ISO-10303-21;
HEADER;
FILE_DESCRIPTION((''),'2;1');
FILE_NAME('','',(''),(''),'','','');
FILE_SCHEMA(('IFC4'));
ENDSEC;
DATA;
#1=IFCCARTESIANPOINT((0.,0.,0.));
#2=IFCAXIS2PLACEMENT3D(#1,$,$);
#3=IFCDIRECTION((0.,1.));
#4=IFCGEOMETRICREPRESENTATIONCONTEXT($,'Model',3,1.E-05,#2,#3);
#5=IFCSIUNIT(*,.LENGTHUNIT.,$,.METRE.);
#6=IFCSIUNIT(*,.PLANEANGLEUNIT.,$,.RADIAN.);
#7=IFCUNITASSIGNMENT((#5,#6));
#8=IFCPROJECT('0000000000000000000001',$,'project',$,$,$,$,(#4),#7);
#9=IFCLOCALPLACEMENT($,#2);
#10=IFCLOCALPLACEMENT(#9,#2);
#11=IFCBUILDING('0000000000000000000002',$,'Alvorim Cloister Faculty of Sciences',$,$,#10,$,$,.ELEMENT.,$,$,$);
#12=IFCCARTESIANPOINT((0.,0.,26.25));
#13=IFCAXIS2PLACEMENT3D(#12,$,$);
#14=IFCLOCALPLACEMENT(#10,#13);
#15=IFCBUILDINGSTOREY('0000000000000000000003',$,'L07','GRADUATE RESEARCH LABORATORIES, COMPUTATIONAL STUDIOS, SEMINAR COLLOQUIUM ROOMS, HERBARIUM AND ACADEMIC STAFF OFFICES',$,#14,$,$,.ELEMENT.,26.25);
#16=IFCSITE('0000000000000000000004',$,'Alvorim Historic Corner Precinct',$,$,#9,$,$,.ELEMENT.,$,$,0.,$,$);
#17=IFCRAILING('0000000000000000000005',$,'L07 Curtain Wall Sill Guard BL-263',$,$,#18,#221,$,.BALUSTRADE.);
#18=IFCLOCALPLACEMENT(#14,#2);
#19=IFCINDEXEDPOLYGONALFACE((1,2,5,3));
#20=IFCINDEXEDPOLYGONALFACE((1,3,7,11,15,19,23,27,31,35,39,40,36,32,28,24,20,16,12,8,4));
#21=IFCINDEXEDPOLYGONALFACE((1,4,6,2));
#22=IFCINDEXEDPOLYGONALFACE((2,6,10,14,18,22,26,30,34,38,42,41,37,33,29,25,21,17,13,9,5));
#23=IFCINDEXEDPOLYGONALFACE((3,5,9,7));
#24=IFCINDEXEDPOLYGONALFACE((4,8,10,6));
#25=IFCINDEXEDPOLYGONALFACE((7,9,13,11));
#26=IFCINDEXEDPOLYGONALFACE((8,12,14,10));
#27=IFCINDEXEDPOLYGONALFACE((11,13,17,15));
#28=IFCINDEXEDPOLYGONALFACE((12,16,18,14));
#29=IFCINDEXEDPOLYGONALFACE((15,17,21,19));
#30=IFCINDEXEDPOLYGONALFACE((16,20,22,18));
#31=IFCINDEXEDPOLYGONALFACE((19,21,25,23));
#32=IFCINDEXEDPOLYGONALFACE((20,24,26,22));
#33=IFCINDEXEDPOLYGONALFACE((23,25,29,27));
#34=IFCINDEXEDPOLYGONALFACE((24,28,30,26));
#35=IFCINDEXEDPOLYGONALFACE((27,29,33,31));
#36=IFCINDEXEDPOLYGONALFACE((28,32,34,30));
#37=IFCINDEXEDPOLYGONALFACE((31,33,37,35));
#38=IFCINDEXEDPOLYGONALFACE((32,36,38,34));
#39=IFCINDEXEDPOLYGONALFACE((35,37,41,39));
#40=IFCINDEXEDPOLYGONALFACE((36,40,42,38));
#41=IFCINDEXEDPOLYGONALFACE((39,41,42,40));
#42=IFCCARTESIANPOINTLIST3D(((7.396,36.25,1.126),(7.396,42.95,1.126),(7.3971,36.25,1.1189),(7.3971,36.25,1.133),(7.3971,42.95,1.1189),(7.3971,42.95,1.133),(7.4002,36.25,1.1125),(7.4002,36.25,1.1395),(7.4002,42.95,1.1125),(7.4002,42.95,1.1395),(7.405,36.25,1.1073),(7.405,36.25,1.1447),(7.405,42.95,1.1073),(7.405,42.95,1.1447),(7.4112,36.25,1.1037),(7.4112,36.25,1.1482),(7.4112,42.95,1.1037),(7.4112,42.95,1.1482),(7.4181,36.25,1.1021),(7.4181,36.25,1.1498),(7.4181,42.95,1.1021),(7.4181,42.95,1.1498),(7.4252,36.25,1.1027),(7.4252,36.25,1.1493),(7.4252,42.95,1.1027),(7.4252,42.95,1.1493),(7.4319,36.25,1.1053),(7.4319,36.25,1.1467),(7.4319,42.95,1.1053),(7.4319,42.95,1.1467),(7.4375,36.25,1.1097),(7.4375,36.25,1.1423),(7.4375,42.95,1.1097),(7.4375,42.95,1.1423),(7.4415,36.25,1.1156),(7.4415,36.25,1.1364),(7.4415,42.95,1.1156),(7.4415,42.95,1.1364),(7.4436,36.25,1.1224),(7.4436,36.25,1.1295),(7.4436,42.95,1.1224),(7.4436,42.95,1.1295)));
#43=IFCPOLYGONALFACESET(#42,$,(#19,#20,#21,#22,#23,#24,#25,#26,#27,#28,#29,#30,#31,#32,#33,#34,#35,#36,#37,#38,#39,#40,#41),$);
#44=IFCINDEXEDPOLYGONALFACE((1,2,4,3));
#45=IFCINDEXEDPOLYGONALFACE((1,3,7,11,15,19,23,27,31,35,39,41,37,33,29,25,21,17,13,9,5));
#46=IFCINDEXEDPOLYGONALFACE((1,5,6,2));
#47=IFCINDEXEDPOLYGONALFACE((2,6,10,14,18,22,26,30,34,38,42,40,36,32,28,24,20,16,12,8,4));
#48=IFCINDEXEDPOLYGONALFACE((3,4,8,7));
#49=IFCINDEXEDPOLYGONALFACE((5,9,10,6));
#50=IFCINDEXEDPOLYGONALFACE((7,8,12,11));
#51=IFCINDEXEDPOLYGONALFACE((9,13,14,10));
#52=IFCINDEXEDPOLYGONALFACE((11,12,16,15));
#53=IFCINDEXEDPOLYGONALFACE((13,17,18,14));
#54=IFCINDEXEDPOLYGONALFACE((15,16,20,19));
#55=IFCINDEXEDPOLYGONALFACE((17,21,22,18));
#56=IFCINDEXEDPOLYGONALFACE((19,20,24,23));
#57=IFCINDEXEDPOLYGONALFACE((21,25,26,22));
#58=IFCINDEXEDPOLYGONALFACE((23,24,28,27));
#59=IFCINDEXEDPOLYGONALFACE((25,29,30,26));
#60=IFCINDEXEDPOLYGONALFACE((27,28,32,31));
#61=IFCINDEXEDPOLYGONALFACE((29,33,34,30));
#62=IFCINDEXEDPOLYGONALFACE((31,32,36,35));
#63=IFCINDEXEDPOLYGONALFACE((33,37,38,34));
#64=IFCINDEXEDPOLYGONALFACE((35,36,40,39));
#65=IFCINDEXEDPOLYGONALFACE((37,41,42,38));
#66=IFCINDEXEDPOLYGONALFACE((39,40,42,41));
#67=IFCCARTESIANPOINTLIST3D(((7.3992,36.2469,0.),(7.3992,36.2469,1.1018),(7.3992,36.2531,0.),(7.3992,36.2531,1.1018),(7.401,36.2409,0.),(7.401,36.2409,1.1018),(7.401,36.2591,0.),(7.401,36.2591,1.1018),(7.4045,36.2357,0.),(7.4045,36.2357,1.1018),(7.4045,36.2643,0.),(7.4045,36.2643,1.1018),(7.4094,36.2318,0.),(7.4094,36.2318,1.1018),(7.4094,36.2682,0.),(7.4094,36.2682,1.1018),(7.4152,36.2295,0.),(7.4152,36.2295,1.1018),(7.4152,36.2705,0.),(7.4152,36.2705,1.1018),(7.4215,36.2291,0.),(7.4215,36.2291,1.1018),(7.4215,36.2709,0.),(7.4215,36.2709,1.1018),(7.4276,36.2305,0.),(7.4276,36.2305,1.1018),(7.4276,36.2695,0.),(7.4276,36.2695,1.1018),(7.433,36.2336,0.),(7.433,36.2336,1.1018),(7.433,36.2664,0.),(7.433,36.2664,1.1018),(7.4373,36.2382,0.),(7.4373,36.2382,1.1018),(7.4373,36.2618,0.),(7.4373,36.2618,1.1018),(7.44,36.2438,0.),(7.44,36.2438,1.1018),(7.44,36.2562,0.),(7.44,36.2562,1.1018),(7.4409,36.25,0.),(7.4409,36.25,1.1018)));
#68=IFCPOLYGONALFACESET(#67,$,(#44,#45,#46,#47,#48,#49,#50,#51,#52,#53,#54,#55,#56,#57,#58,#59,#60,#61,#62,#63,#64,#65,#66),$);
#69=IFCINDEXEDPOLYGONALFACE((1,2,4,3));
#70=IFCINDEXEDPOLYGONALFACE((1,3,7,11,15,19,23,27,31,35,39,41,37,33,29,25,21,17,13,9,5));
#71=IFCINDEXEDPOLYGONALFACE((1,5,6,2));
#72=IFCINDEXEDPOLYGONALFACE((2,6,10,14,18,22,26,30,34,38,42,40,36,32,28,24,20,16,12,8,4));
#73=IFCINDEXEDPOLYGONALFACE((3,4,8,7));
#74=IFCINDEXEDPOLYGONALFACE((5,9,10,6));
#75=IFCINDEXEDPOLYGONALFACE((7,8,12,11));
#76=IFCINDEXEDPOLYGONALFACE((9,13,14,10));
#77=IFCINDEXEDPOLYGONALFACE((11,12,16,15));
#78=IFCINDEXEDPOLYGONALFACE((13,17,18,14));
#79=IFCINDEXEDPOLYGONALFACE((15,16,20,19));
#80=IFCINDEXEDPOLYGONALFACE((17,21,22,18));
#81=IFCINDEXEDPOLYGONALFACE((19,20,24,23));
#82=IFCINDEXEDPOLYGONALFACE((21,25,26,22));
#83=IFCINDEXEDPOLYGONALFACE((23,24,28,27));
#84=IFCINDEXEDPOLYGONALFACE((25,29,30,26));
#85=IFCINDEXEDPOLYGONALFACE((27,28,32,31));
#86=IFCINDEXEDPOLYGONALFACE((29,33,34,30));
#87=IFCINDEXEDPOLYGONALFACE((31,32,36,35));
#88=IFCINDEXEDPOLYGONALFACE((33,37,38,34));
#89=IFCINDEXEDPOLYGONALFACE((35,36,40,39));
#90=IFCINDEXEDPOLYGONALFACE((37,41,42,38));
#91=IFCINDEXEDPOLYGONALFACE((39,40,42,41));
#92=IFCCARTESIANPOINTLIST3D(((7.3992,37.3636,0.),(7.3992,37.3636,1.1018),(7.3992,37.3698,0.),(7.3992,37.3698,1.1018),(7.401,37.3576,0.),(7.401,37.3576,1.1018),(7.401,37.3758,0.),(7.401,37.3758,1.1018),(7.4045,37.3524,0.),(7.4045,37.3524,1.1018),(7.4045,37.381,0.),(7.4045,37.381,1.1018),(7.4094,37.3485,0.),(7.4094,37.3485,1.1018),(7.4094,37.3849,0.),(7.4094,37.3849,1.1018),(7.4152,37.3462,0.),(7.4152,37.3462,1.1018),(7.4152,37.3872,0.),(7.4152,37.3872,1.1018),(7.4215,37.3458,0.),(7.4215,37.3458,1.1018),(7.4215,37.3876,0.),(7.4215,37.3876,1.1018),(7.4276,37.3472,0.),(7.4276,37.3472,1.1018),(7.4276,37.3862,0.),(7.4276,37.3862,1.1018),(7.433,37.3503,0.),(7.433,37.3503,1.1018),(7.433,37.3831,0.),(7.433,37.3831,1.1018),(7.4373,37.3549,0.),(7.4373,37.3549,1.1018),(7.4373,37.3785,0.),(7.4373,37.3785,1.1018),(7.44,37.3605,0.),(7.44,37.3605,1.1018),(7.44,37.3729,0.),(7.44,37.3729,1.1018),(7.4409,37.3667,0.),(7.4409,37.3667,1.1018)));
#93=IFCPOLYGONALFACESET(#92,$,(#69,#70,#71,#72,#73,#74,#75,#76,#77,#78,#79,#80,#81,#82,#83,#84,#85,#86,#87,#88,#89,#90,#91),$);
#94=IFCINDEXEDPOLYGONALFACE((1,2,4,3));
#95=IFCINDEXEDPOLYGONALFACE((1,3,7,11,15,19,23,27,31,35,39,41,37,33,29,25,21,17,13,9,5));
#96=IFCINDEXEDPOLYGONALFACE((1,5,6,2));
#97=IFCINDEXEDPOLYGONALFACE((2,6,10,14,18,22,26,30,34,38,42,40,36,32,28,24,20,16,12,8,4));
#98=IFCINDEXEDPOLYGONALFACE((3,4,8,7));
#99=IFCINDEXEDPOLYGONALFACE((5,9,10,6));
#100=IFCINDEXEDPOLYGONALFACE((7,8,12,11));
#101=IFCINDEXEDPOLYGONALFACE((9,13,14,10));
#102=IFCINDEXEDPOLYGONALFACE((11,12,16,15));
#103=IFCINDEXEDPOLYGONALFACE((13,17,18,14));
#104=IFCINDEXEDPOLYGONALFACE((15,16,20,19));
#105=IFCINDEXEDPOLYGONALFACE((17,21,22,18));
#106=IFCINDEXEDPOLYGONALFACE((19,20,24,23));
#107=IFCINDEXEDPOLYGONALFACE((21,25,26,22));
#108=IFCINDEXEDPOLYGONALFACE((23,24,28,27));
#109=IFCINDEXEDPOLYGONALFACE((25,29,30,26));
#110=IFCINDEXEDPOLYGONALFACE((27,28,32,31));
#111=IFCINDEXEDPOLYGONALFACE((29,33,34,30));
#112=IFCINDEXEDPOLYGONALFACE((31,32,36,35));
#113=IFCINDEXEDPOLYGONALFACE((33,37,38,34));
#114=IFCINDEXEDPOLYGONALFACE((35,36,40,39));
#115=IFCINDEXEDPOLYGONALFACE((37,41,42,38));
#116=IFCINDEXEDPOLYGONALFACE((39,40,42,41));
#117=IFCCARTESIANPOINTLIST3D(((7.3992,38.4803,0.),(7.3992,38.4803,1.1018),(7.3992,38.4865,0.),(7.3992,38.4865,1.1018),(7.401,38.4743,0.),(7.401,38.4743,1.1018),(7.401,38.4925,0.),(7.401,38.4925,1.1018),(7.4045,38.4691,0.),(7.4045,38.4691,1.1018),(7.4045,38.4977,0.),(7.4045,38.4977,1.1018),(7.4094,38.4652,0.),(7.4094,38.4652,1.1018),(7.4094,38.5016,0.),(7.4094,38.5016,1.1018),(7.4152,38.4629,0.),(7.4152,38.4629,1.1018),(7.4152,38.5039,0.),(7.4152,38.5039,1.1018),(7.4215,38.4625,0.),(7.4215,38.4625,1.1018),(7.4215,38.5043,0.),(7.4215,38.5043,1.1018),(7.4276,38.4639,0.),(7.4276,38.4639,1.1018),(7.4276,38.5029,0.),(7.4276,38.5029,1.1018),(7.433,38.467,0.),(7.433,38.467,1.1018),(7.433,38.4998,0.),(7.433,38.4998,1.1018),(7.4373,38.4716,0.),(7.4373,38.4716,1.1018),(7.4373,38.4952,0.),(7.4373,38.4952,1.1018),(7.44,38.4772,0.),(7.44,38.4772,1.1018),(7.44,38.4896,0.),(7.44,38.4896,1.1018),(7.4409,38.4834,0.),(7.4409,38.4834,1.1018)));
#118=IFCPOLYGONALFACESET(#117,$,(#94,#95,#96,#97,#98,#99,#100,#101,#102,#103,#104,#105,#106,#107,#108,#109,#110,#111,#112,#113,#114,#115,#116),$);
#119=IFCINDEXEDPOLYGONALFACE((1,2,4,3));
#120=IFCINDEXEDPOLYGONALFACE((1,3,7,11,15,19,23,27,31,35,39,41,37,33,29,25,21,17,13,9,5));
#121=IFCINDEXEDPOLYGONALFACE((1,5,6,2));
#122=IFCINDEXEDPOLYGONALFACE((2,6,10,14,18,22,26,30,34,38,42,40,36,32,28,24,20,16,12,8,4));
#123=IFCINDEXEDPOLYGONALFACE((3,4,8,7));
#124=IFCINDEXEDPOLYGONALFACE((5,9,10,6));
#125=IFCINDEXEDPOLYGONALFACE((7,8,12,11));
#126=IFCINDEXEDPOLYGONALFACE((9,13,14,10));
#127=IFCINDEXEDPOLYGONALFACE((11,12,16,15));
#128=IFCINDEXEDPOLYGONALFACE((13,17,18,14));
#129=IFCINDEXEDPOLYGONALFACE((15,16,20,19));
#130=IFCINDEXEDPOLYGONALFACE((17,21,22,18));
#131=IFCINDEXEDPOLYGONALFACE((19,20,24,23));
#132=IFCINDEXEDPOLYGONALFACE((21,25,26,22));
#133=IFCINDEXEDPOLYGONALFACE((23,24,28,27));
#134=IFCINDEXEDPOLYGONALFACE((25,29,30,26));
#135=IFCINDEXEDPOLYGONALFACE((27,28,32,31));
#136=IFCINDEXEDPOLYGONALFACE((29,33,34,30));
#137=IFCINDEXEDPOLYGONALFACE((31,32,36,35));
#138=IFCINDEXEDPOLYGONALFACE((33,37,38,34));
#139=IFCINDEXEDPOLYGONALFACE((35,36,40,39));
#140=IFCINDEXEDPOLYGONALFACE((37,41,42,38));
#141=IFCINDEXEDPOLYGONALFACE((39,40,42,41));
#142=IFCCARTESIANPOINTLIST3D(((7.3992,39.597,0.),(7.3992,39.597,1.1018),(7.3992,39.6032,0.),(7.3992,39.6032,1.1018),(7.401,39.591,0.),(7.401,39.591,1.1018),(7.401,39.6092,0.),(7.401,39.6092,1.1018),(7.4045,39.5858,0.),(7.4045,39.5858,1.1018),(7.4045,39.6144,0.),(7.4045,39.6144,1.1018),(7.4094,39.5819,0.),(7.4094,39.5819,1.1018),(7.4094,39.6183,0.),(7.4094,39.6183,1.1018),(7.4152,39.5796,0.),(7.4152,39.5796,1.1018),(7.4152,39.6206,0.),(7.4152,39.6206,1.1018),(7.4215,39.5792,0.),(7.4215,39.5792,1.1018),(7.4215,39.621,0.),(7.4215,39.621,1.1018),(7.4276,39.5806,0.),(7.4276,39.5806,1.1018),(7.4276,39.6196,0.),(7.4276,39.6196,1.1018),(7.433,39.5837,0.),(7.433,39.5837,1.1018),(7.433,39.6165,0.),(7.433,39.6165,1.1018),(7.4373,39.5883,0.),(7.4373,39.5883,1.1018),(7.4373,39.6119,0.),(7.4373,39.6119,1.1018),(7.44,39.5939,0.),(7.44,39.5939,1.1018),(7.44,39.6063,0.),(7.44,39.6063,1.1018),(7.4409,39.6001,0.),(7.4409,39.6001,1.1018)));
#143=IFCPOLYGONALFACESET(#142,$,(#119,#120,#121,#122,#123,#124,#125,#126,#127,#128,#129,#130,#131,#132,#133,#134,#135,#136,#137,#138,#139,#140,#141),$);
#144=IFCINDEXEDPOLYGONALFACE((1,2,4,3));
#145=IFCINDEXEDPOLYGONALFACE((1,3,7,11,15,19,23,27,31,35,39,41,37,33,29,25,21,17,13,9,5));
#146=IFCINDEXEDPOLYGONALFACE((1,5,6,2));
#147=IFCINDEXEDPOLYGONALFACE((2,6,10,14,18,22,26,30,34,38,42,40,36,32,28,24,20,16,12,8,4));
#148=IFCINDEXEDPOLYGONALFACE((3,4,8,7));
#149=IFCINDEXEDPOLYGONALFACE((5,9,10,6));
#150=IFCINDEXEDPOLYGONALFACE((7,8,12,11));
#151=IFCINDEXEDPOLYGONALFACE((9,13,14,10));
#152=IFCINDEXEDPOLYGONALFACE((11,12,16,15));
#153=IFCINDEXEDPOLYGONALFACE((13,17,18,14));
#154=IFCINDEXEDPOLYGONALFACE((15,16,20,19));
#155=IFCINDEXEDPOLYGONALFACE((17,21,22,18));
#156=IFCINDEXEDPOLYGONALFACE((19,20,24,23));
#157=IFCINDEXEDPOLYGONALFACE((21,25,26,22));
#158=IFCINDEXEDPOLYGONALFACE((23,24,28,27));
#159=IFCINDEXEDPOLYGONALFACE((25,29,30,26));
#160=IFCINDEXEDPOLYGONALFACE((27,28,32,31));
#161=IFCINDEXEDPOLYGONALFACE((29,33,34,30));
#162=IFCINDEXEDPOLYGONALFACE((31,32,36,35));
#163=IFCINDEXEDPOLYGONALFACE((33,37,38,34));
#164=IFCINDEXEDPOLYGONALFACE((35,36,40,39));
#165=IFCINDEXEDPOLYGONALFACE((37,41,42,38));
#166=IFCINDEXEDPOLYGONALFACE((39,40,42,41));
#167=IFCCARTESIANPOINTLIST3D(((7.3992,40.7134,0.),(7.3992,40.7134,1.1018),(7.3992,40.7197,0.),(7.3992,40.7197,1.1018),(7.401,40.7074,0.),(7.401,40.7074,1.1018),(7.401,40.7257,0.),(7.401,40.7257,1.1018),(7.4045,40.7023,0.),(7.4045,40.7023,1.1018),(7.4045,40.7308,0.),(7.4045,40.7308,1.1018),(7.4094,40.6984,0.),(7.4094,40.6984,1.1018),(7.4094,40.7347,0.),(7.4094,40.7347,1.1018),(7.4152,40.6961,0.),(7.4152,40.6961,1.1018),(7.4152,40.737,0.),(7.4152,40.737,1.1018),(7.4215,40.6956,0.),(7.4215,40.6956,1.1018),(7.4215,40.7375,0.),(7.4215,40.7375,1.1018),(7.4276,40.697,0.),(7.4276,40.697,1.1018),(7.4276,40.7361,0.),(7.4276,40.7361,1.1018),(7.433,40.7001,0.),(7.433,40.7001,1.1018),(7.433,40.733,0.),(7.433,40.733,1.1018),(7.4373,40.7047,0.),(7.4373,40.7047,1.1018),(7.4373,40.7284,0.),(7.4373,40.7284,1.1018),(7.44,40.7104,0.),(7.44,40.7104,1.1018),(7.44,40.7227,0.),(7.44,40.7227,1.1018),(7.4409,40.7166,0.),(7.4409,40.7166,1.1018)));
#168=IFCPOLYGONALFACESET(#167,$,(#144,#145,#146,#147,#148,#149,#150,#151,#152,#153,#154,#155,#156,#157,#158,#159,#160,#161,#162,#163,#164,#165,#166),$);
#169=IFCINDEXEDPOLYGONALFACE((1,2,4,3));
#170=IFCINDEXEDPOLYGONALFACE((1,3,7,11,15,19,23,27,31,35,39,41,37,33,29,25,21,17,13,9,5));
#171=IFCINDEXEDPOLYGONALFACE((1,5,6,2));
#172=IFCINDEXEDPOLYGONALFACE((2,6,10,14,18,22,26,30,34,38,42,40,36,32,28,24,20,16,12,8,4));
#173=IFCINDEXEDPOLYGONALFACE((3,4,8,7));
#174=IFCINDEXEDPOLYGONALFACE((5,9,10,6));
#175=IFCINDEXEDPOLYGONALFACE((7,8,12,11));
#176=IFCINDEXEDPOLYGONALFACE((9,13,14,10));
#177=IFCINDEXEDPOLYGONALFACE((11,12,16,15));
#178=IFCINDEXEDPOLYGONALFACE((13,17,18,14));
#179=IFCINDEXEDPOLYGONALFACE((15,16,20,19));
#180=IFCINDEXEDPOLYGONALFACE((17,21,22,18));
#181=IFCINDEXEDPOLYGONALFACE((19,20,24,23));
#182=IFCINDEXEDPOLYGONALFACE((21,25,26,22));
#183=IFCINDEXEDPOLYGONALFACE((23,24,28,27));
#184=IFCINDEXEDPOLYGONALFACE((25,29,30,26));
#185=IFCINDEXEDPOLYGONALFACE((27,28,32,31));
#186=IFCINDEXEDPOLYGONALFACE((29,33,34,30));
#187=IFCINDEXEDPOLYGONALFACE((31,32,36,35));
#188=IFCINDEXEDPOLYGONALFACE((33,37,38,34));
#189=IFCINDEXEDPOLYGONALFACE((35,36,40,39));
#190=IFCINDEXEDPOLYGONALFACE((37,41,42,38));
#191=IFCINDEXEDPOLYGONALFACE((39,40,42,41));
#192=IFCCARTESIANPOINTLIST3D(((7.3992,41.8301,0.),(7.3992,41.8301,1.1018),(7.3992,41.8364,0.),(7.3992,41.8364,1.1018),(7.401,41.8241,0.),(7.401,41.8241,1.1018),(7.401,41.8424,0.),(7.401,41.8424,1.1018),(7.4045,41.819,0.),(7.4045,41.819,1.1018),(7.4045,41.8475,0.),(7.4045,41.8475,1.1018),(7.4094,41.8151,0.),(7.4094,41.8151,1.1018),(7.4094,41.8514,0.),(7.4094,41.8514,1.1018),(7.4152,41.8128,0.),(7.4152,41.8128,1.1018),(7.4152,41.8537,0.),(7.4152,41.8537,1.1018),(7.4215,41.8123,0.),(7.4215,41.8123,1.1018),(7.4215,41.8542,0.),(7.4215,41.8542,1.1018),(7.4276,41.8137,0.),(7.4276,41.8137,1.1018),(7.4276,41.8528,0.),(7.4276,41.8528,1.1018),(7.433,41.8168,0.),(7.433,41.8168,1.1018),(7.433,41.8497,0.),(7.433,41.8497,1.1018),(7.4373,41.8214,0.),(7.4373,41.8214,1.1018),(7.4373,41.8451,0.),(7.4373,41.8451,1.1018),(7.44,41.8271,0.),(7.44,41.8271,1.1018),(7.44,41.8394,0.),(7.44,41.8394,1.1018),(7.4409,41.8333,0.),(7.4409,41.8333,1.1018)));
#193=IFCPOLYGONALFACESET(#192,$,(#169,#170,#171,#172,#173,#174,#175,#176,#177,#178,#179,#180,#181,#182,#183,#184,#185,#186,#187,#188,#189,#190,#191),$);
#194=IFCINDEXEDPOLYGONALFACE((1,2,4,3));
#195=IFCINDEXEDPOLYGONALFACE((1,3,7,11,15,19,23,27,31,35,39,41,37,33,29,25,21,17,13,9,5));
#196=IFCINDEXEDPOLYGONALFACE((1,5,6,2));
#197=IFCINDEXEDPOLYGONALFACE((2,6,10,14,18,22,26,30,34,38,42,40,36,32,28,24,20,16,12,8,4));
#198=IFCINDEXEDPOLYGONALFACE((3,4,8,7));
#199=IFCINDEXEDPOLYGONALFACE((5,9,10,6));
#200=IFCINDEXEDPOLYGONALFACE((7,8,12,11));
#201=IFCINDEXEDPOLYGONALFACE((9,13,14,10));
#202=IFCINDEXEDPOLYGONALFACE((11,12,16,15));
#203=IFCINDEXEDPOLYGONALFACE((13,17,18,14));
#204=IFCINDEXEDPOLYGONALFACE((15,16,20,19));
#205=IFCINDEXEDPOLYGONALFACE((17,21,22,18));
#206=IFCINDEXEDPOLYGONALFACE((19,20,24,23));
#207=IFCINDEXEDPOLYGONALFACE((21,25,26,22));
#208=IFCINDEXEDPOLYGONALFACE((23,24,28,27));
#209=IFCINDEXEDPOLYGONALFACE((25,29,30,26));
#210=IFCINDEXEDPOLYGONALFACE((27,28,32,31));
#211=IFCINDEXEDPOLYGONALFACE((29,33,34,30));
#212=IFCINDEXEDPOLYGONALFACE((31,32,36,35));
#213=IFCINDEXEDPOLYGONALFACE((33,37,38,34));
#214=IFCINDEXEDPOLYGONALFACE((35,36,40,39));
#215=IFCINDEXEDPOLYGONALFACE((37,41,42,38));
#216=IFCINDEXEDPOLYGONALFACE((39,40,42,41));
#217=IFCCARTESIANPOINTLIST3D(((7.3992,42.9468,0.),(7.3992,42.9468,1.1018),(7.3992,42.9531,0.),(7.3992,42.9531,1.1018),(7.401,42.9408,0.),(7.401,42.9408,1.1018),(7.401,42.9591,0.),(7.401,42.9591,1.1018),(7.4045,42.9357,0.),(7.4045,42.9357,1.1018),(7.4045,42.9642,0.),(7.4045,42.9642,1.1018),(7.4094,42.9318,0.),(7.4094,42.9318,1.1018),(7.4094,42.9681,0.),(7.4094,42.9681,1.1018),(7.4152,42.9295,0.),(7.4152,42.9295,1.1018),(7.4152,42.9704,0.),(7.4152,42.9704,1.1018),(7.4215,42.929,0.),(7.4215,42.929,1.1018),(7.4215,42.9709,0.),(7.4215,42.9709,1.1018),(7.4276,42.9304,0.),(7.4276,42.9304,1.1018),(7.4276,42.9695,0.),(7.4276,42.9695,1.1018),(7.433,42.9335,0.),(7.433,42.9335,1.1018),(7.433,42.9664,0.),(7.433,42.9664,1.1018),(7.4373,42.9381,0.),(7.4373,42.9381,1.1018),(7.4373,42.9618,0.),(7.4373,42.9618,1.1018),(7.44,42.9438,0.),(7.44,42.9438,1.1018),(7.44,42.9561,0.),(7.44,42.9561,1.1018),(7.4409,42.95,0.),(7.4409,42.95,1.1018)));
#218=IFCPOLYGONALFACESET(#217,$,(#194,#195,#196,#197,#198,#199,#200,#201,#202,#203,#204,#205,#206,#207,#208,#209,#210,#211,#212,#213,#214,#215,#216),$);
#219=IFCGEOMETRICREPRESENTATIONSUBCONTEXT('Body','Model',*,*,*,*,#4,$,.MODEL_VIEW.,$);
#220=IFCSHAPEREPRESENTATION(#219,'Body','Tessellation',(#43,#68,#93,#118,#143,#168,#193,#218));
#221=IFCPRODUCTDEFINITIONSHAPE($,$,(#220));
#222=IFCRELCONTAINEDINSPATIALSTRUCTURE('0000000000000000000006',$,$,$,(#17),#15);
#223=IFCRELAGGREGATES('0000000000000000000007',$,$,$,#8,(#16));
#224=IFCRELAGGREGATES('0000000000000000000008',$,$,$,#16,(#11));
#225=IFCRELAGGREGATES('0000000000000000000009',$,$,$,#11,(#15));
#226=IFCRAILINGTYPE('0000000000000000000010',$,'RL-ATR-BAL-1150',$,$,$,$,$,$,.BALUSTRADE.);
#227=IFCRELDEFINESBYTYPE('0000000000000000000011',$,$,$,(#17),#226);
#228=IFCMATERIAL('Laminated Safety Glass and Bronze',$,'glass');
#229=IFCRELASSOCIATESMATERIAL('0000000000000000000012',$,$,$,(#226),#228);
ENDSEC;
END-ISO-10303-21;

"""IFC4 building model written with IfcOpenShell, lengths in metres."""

from ifc_helpers import new_model, si_unit, direction, frame, origin, origin_2d, place, context, subcontext, project, spatial, circle, extrude, material, type_object, element, save


model = new_model("IFC4")

# Units and contexts
model_context = context("Model", 3, precision=1e-05, world=origin(), true_north=direction((0.0, 1.0)))
body_context = subcontext(model_context, "Body", "Model", "MODEL_VIEW")
ifc_project = project(units=[si_unit("LENGTHUNIT", "METRE"), si_unit("PLANEANGLEUNIT", "RADIAN")], contexts=[model_context])

# Site, building, storey
site_placement = place(None, origin())
site = spatial("IfcSite", under=ifc_project, at=site_placement, Name="Alvorim Historic Corner Precinct", CompositionType="ELEMENT", RefElevation=0.0)
building_placement = place(site_placement, origin())
building = spatial("IfcBuilding", under=site, at=building_placement, Name="Alvorim Cloister Faculty of Sciences", CompositionType="ELEMENT")
storey_placement = place(building_placement, frame((0.0, 0.0, 26.25)))
storey = spatial("IfcBuildingStorey", under=building, at=storey_placement, Name="L07", Description="GRADUATE RESEARCH LABORATORIES, COMPUTATIONAL STUDIOS, SEMINAR COLLOQUIUM ROOMS, HERBARIUM AND ACADEMIC STAFF OFFICES", CompositionType="ELEMENT", Elevation=26.25)

# Railing
ifc_material_1 = material(Name="Laminated Safety Glass and Bronze", Category="glass")
railing_type_1 = type_object("IfcRailingType", Name="RL-ATR-BAL-1150", PredefinedType="BALUSTRADE", material=ifc_material_1)
railing_1_placement = place(storey_placement, frame((7.4199, 36.25, 0.0)))
element("IfcRailing", 1, at=railing_1_placement, inside=storey, type_object=railing_type_1, Name="L07 Curtain Wall Sill Guard BL-263", PredefinedType="BALUSTRADE", context=body_context, shape_type="SweptSolid", body=[
    extrude(circle(Radius=0.0239, at=origin_2d()), frame((0.0, 0.0, 1.126), z_axis=(0.0, 1.0, 0.0), x_axis=(-1.0, 0.0, 0.0)), (0.0, 0.0, 1.0), 6.7),
    extrude(circle(Radius=0.021, at=origin_2d()), origin(), (0.0, 0.0, 1.0), 1.1018),
    extrude(circle(Radius=0.021, at=origin_2d()), frame((0.0, 1.1167, 0.0)), (0.0, 0.0, 1.0), 1.1018),
    extrude(circle(Radius=0.021, at=origin_2d()), frame((0.0, 2.2334, 0.0)), (0.0, 0.0, 1.0), 1.1018),
    extrude(circle(Radius=0.021, at=origin_2d()), frame((0.0, 3.3501, 0.0)), (0.0, 0.0, 1.0), 1.1018),
    extrude(circle(Radius=0.021, at=origin_2d()), frame((0.0, 4.4666, 0.0)), (0.0, 0.0, 1.0), 1.1018),
    extrude(circle(Radius=0.021, at=origin_2d()), frame((0.0, 5.5833, 0.0)), (0.0, 0.0, 1.0), 1.1018),
    extrude(circle(Radius=0.021, at=origin_2d()), frame((0.0, 6.7, 0.0)), (0.0, 0.0, 1.0), 1.1018),
])

save(model, "model.ifc")
